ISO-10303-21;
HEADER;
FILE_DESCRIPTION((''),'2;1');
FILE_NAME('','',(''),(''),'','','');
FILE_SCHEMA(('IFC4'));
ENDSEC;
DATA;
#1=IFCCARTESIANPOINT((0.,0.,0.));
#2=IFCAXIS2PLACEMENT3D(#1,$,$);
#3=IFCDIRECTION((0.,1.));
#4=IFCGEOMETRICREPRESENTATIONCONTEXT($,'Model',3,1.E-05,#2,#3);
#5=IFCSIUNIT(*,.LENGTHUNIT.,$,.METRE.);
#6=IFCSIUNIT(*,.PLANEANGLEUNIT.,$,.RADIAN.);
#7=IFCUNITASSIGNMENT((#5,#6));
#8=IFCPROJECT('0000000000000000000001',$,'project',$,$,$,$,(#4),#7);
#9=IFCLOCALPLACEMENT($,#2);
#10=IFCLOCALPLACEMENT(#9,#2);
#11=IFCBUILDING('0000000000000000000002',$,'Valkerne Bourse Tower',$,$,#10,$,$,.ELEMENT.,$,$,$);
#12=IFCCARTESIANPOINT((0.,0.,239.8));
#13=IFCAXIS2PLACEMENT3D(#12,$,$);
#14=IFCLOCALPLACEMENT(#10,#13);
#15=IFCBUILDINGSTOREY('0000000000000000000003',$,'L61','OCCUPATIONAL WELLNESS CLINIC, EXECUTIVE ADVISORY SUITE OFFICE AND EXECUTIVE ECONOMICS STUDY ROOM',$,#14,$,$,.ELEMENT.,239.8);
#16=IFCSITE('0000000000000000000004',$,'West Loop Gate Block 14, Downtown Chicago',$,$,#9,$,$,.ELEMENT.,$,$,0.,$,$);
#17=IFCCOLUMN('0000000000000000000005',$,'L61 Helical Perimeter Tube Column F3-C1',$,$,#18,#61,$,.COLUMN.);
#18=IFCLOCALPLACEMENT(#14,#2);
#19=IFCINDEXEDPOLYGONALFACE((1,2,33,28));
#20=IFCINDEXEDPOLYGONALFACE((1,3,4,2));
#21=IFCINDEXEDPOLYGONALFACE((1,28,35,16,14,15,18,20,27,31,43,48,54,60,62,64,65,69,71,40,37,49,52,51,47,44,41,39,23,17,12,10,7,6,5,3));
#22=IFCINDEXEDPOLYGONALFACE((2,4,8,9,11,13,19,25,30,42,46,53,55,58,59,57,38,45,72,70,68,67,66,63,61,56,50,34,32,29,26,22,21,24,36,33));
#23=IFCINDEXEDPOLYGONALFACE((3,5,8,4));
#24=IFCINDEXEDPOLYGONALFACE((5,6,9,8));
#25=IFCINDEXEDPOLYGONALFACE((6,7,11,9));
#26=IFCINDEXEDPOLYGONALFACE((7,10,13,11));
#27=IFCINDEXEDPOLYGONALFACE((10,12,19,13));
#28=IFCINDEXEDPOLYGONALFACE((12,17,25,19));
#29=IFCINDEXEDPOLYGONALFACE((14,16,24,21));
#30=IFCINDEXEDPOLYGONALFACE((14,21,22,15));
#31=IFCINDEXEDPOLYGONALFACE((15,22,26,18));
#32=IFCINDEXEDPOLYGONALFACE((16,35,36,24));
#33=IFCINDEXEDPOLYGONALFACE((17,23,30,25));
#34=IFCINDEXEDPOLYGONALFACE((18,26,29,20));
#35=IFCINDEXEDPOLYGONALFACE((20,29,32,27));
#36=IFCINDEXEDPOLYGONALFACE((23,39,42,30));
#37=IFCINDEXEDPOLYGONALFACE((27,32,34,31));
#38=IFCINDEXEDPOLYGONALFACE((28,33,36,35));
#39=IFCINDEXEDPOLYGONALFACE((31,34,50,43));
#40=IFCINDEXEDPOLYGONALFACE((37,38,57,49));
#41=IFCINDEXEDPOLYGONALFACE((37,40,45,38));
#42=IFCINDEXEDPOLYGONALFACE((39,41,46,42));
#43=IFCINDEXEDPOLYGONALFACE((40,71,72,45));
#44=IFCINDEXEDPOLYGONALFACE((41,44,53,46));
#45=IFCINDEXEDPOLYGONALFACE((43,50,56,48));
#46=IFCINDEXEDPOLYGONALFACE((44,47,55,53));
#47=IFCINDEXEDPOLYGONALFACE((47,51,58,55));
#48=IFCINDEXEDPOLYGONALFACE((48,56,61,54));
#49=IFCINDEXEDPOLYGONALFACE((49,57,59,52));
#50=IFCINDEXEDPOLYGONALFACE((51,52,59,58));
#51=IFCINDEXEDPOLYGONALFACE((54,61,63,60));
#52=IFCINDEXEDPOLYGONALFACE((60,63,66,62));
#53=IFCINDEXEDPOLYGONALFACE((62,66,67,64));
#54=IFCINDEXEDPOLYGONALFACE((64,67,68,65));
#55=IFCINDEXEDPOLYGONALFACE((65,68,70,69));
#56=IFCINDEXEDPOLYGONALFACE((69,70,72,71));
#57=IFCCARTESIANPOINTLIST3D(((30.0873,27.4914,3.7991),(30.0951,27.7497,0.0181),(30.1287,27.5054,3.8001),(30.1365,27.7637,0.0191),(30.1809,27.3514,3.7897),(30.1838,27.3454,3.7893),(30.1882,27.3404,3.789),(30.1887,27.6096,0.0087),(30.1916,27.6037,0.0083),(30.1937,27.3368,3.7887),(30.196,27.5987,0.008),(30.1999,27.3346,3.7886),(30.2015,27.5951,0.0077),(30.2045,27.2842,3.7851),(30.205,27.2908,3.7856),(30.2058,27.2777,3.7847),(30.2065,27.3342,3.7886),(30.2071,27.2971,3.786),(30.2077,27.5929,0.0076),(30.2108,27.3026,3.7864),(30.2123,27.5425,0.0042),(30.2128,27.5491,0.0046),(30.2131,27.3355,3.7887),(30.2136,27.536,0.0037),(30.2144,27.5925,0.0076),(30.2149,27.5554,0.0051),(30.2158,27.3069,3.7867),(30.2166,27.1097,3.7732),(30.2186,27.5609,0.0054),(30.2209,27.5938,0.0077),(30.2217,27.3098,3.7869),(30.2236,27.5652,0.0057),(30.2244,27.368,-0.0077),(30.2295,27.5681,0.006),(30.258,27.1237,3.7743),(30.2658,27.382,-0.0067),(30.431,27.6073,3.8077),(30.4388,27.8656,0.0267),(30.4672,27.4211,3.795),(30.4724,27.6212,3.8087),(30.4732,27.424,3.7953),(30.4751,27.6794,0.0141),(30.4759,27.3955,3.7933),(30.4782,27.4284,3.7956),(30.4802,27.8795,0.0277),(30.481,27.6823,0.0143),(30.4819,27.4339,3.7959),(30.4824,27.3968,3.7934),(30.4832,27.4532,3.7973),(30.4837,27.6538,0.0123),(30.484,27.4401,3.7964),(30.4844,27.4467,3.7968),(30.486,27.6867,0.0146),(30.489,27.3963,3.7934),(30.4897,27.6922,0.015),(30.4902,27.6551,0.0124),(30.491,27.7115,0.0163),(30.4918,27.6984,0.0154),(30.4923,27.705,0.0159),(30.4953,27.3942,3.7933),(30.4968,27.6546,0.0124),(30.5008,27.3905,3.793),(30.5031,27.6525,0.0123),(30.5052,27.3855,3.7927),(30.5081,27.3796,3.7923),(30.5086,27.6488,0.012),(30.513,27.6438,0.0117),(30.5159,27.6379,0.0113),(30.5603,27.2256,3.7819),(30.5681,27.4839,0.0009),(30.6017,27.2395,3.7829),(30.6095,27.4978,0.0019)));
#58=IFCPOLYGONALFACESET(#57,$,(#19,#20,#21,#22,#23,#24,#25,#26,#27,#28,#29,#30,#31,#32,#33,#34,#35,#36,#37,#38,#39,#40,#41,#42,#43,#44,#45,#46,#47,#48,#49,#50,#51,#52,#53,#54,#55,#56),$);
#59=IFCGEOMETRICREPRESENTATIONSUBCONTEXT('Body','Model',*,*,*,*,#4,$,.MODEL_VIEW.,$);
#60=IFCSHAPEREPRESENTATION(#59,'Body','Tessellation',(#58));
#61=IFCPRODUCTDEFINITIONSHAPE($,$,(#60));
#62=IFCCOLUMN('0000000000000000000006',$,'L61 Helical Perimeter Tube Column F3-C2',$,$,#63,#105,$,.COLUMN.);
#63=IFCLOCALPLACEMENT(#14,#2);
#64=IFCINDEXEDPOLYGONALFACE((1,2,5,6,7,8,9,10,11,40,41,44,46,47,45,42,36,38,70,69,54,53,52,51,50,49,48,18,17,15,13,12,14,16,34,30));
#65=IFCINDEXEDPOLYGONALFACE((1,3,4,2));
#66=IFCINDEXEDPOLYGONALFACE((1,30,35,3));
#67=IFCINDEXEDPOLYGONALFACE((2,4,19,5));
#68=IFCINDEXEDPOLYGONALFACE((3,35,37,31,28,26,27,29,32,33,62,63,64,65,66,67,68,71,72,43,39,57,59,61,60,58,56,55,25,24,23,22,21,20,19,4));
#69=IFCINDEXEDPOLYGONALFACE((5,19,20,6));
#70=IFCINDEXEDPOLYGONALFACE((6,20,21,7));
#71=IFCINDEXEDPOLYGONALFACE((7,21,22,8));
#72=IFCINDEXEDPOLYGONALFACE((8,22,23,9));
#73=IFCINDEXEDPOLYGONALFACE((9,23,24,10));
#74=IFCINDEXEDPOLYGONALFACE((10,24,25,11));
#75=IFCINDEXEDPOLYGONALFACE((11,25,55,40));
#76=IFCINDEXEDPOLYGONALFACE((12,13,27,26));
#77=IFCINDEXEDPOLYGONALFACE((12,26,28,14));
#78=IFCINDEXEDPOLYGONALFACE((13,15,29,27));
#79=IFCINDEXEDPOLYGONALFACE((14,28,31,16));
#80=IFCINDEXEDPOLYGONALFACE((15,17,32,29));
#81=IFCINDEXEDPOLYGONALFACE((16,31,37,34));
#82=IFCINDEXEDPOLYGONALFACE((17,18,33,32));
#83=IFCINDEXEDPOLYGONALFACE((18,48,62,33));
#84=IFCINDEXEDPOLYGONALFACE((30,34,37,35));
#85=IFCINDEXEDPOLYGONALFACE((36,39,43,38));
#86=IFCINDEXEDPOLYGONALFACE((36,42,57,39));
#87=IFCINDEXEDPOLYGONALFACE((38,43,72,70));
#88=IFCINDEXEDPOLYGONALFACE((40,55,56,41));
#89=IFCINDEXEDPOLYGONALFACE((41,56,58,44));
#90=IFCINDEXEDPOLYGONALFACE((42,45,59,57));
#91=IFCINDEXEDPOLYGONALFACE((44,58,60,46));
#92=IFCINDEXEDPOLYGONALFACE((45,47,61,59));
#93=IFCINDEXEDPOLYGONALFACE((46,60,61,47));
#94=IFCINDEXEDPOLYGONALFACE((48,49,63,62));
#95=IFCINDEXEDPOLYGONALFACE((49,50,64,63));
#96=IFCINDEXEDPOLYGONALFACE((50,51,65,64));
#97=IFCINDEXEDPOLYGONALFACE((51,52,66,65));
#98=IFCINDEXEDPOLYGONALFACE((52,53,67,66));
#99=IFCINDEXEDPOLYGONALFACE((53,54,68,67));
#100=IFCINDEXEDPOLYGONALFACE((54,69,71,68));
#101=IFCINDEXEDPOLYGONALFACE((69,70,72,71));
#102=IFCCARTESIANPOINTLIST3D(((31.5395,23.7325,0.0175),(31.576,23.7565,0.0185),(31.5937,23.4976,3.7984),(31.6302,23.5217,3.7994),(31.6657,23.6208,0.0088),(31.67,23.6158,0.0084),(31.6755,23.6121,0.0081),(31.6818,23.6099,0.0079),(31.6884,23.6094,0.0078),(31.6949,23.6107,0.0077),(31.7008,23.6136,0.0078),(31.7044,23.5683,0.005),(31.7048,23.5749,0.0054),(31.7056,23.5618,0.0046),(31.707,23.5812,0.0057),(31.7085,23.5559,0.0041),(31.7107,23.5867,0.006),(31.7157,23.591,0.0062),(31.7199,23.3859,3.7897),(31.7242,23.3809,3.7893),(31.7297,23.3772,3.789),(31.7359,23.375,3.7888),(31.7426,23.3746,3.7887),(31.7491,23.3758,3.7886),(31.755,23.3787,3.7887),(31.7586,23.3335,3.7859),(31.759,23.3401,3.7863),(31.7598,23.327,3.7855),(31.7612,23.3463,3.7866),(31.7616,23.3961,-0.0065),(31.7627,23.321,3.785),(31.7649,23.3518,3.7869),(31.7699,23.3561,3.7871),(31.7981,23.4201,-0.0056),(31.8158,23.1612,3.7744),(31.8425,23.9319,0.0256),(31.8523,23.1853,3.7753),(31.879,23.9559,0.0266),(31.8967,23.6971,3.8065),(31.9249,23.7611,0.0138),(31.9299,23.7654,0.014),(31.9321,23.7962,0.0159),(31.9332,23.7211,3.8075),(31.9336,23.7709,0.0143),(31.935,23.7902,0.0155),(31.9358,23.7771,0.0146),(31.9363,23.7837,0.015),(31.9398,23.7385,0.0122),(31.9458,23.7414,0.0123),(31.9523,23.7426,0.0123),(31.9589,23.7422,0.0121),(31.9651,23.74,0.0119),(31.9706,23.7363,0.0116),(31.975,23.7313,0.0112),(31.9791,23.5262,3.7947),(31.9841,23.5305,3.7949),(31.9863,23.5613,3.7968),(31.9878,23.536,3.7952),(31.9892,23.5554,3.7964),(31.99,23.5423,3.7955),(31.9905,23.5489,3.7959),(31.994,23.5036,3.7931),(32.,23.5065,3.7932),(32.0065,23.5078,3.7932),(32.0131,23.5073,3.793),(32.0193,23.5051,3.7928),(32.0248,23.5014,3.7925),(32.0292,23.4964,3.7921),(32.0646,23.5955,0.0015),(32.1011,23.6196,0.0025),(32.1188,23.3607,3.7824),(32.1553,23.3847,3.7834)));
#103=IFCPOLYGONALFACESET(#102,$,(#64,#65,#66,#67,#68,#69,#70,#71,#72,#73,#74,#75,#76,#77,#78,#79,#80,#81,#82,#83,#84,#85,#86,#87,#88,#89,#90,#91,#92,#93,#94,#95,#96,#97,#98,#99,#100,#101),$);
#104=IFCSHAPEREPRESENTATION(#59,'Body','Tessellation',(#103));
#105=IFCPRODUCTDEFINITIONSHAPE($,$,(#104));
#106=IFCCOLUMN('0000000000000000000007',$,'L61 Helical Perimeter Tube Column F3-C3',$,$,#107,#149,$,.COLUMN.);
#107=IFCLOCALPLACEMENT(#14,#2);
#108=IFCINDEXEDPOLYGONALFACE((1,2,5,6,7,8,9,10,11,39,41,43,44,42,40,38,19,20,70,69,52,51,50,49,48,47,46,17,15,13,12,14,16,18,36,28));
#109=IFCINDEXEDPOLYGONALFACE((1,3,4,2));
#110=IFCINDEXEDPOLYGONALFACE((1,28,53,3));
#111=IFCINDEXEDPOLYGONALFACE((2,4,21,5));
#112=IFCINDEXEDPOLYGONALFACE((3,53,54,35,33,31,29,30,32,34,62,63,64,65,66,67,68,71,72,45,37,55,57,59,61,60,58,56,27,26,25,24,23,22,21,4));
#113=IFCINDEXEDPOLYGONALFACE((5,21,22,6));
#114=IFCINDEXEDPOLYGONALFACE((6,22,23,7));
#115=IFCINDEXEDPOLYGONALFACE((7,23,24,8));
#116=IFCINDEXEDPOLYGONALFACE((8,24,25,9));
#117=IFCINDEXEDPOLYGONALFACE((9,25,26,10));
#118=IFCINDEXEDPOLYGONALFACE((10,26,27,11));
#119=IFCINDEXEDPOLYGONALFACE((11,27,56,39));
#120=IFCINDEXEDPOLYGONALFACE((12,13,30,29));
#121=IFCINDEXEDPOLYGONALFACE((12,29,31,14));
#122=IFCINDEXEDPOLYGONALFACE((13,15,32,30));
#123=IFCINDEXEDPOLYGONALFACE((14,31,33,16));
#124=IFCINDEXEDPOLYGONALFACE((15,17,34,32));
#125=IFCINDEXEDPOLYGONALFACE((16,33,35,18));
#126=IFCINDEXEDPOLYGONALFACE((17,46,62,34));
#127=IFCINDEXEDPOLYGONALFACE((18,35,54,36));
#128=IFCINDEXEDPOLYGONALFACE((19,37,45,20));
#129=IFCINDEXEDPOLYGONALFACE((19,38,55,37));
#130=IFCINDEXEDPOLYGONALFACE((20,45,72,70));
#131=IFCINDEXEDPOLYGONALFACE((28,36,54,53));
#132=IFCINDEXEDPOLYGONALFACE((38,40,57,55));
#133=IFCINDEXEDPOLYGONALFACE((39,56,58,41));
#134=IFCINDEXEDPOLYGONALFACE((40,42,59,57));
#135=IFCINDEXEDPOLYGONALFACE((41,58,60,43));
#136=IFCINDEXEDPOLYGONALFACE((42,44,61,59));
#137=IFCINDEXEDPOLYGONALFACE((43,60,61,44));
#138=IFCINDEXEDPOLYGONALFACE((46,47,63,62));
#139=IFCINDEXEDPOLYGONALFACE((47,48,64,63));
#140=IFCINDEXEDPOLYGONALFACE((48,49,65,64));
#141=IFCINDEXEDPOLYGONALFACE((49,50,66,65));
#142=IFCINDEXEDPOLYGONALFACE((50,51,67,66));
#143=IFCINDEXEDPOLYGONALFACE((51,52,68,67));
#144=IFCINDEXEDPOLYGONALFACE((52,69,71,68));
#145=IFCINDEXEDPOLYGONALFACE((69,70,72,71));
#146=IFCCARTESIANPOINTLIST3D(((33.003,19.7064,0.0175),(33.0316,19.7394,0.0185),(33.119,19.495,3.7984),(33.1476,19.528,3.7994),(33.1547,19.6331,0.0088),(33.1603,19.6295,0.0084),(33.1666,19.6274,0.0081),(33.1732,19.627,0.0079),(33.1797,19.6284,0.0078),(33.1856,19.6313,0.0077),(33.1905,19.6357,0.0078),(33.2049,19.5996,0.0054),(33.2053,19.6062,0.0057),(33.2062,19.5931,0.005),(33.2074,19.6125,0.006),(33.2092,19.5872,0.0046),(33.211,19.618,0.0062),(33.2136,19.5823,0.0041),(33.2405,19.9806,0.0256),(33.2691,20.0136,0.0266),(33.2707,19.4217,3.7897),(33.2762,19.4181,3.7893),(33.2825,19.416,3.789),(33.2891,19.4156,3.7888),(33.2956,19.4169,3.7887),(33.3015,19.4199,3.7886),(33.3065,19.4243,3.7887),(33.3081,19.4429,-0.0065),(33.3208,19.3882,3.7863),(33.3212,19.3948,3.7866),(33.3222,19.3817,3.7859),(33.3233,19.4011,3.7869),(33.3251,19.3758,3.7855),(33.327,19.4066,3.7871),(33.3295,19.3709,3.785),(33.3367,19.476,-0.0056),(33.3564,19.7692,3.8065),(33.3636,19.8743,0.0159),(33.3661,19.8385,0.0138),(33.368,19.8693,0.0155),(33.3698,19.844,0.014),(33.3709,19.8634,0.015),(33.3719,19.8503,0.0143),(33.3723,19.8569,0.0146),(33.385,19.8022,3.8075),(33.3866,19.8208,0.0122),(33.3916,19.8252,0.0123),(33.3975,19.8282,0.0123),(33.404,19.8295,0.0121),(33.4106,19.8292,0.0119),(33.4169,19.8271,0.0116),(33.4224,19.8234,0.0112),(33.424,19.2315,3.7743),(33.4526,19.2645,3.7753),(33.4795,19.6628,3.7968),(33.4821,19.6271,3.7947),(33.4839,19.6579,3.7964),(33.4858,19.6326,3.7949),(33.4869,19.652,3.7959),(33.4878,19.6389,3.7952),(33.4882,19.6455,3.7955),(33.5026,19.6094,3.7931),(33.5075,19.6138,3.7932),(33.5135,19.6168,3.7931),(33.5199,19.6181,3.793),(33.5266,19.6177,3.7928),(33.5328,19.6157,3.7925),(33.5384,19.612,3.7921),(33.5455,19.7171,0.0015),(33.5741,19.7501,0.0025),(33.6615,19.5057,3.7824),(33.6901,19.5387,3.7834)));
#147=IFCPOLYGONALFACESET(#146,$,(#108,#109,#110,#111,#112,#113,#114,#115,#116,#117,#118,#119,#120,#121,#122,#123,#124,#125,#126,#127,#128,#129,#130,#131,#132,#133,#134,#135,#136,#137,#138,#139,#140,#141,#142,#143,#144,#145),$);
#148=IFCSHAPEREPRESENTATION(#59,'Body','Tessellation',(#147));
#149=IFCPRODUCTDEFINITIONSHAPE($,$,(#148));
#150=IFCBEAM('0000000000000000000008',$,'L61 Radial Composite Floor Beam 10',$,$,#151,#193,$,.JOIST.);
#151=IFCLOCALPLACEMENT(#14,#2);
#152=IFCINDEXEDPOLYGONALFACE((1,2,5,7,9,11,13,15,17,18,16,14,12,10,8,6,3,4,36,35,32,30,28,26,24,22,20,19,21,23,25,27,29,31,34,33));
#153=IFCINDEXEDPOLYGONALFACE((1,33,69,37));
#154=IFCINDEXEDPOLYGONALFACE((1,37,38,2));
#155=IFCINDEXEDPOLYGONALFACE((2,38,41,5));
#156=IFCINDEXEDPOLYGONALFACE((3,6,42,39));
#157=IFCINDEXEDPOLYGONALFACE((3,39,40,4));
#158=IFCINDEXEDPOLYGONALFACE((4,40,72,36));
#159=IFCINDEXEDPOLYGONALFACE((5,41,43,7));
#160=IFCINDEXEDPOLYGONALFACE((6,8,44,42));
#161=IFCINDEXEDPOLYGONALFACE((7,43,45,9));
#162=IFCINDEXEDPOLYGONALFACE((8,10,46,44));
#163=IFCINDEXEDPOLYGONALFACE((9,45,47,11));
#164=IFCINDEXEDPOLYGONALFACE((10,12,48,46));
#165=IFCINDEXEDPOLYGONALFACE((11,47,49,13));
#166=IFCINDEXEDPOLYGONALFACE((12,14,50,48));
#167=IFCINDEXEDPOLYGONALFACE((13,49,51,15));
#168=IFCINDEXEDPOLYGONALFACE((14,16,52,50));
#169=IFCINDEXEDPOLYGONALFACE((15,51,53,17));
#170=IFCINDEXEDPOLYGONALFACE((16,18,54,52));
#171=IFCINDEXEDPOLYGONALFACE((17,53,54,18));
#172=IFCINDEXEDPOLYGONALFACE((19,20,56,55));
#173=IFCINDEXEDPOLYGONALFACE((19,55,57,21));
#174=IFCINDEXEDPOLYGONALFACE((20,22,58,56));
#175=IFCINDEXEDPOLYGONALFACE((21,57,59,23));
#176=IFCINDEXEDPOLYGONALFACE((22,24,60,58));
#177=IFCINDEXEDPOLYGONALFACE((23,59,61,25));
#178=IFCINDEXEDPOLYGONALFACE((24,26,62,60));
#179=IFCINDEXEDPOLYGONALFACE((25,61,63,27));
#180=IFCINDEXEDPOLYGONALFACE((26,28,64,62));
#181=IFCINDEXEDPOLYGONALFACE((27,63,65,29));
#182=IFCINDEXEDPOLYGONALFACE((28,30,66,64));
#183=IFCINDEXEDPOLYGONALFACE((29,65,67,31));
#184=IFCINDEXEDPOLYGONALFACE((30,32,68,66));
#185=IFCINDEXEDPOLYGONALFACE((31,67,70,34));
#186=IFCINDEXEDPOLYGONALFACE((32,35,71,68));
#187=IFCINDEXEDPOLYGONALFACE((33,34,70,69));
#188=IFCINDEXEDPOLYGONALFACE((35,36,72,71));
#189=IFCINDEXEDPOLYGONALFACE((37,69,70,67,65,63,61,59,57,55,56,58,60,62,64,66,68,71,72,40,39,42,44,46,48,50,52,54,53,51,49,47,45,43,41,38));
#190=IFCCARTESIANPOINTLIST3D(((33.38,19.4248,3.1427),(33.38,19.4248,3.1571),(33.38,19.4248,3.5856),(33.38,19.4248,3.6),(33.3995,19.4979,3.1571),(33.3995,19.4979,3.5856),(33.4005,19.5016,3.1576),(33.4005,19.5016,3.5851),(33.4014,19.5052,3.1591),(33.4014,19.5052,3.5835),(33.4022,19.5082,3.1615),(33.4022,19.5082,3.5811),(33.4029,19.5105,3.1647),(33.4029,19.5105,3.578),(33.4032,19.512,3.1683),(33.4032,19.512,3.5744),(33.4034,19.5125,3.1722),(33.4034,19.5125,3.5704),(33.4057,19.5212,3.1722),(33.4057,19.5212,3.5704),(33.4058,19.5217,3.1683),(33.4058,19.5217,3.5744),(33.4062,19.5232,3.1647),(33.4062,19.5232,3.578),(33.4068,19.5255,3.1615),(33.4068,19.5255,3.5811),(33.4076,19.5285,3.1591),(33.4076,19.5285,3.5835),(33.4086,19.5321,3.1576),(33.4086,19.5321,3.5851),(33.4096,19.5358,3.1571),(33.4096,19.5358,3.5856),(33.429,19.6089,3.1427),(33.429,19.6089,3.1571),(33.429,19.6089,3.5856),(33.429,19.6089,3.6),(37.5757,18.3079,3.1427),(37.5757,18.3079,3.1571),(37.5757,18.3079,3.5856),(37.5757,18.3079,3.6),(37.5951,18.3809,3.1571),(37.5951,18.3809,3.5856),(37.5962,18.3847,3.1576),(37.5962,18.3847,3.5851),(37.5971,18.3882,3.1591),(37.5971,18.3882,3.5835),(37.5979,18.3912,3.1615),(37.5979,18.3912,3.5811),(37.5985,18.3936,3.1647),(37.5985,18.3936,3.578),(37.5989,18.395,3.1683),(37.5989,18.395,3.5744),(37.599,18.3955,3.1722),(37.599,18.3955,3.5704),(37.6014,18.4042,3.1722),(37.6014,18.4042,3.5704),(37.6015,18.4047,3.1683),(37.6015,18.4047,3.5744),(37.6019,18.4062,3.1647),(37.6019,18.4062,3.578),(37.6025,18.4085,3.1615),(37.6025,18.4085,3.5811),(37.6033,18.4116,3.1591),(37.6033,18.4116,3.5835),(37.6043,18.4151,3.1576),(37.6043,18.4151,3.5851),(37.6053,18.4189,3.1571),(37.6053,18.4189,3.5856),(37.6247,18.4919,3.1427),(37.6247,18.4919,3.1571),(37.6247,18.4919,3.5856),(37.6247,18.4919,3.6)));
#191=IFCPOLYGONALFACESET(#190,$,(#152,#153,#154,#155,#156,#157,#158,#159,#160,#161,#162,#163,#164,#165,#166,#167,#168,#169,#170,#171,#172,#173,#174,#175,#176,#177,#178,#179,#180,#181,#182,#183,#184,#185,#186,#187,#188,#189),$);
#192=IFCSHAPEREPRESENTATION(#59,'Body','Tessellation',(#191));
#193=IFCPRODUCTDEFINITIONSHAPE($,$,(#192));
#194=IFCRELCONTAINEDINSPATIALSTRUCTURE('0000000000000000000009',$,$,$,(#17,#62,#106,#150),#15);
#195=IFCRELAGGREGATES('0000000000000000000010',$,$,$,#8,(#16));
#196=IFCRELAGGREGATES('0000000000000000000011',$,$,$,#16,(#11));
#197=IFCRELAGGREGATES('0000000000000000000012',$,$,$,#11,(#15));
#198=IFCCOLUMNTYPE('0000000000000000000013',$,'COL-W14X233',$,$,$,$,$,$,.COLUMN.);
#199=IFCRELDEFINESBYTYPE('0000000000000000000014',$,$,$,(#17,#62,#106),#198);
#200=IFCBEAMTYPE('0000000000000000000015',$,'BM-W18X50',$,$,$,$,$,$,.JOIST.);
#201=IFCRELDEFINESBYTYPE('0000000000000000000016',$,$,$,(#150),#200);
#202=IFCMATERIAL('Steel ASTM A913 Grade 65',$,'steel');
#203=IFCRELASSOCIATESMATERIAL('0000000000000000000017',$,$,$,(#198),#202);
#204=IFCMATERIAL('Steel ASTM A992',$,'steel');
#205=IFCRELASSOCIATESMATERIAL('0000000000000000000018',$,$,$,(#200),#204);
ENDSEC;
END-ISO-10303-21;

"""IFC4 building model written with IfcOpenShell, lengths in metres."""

from ifc_helpers import new_model, si_unit, direction, frame, origin, origin_2d, place, context, subcontext, project, spatial, i_section, extrude, material, material_profile, profile_set, type_object, element, save


model = new_model("IFC4")

# Units and contexts
model_context = context("Model", 3, precision=1e-05, world=origin(), true_north=direction((0.0, 1.0)))
body_context = subcontext(model_context, "Body", "Model", "MODEL_VIEW")
ifc_project = project(units=[si_unit("LENGTHUNIT", "METRE"), si_unit("PLANEANGLEUNIT", "RADIAN")], contexts=[model_context])

# Site, building, storey
site_placement = place(None, origin())
site = spatial("IfcSite", under=ifc_project, at=site_placement, Name="West Loop Gate Block 14, Downtown Chicago", CompositionType="ELEMENT", RefElevation=0.0)
building_placement = place(site_placement, origin())
building = spatial("IfcBuilding", under=site, at=building_placement, Name="Valkerne Bourse Tower", CompositionType="ELEMENT")
storey_placement = place(building_placement, frame((0.0, 0.0, 239.8)))
storey = spatial("IfcBuildingStorey", under=building, at=storey_placement, Name="L61", Description="OCCUPATIONAL WELLNESS CLINIC, EXECUTIVE ADVISORY SUITE OFFICE AND EXECUTIVE ECONOMICS STUDY ROOM", CompositionType="ELEMENT", Elevation=239.8)

# Columns
ifc_material_1 = material(Name="Steel ASTM A913 Grade 65", Category="steel")
ifc_material_profile_1 = material_profile(ifc_material_1, i_section(OverallWidth=0.4038, OverallDepth=0.4065, WebThickness=0.0271, FlangeThickness=0.0437, FilletRadius=0.0254, at=origin_2d()), Name="W14X233")
ifc_profile_set_1 = profile_set([ifc_material_profile_1], Name="Steel ASTM A913 Grade 65")
column_type = type_object("IfcColumnType", Name="COL-W14X233", PredefinedType="COLUMN", material=ifc_profile_set_1)
column_placement = place(storey_placement, frame((30.3523, 27.6238, 0.01), z_axis=(-0.002061, -0.068156, 0.997673), x_axis=(0.320143, -0.945211, -0.063911)))
element("IfcColumn", 1, at=column_placement, inside=storey, type_object=column_type, Name="L61 Helical Perimeter Tube Column F3-C1", PredefinedType="COLUMN", context=body_context, shape_type="SweptSolid", body=[
    extrude(i_section(OverallWidth=0.4038, OverallDepth=0.4065, WebThickness=0.0271, FlangeThickness=0.0437, FilletRadius=0.0254, at=origin_2d()), origin(), (0.0, 0.0, 1.0), 3.7898),
])
for number, where, z_axis, x_axis, name in (
    (2, (31.8203, 23.676, 0.01), (0.014306, -0.061991, 0.997974), (0.549975, -0.833049, -0.05963), "L61 Helical Perimeter Tube Column F3-C2"),
    (3, (33.2886, 19.7283, 0.01), (0.030609, -0.055804, 0.997972), (0.75545, -0.652484, -0.059656), "L61 Helical Perimeter Tube Column F3-C3"),
):
    element("IfcColumn", number, at=place(storey_placement, frame(where, z_axis=z_axis, x_axis=x_axis)), inside=storey, type_object=column_type, Name=name, PredefinedType="COLUMN", context=body_context, shape_type="SweptSolid", body=[
        extrude(i_section(OverallWidth=0.4038, OverallDepth=0.4065, WebThickness=0.0271, FlangeThickness=0.0437, FilletRadius=0.0254, at=origin_2d()), origin(), (0.0, 0.0, 1.0), 3.7886),
    ])

# Beam
ifc_material_2 = material(Name="Steel ASTM A992", Category="steel")
ifc_material_profile_2 = material_profile(ifc_material_2, i_section(OverallWidth=0.1904, OverallDepth=0.4573, WebThickness=0.009, FlangeThickness=0.0144, FilletRadius=0.0151, at=origin_2d()), Name="W18X50")
ifc_profile_set_2 = profile_set([ifc_material_profile_2], Name="Steel ASTM A992")
beam_type_1 = type_object("IfcBeamType", Name="BM-W18X50", PredefinedType="JOIST", material=ifc_profile_set_2)
beam_placement = place(storey_placement, frame((33.4045, 19.5168, 3.3713), z_axis=(0.966342, -0.25726, 0.0), x_axis=(0.25726, 0.966342, 0.0)))
element("IfcBeam", 4, at=beam_placement, inside=storey, type_object=beam_type_1, Name="L61 Radial Composite Floor Beam 10", PredefinedType="JOIST", context=body_context, shape_type="SweptSolid", body=[
    extrude(i_section(OverallWidth=0.1904, OverallDepth=0.4573, WebThickness=0.009, FlangeThickness=0.0144, FilletRadius=0.0151, at=origin_2d()), origin(), (0.0, 0.0, 1.0), 4.3418),
])

save(model, "model.ifc")
